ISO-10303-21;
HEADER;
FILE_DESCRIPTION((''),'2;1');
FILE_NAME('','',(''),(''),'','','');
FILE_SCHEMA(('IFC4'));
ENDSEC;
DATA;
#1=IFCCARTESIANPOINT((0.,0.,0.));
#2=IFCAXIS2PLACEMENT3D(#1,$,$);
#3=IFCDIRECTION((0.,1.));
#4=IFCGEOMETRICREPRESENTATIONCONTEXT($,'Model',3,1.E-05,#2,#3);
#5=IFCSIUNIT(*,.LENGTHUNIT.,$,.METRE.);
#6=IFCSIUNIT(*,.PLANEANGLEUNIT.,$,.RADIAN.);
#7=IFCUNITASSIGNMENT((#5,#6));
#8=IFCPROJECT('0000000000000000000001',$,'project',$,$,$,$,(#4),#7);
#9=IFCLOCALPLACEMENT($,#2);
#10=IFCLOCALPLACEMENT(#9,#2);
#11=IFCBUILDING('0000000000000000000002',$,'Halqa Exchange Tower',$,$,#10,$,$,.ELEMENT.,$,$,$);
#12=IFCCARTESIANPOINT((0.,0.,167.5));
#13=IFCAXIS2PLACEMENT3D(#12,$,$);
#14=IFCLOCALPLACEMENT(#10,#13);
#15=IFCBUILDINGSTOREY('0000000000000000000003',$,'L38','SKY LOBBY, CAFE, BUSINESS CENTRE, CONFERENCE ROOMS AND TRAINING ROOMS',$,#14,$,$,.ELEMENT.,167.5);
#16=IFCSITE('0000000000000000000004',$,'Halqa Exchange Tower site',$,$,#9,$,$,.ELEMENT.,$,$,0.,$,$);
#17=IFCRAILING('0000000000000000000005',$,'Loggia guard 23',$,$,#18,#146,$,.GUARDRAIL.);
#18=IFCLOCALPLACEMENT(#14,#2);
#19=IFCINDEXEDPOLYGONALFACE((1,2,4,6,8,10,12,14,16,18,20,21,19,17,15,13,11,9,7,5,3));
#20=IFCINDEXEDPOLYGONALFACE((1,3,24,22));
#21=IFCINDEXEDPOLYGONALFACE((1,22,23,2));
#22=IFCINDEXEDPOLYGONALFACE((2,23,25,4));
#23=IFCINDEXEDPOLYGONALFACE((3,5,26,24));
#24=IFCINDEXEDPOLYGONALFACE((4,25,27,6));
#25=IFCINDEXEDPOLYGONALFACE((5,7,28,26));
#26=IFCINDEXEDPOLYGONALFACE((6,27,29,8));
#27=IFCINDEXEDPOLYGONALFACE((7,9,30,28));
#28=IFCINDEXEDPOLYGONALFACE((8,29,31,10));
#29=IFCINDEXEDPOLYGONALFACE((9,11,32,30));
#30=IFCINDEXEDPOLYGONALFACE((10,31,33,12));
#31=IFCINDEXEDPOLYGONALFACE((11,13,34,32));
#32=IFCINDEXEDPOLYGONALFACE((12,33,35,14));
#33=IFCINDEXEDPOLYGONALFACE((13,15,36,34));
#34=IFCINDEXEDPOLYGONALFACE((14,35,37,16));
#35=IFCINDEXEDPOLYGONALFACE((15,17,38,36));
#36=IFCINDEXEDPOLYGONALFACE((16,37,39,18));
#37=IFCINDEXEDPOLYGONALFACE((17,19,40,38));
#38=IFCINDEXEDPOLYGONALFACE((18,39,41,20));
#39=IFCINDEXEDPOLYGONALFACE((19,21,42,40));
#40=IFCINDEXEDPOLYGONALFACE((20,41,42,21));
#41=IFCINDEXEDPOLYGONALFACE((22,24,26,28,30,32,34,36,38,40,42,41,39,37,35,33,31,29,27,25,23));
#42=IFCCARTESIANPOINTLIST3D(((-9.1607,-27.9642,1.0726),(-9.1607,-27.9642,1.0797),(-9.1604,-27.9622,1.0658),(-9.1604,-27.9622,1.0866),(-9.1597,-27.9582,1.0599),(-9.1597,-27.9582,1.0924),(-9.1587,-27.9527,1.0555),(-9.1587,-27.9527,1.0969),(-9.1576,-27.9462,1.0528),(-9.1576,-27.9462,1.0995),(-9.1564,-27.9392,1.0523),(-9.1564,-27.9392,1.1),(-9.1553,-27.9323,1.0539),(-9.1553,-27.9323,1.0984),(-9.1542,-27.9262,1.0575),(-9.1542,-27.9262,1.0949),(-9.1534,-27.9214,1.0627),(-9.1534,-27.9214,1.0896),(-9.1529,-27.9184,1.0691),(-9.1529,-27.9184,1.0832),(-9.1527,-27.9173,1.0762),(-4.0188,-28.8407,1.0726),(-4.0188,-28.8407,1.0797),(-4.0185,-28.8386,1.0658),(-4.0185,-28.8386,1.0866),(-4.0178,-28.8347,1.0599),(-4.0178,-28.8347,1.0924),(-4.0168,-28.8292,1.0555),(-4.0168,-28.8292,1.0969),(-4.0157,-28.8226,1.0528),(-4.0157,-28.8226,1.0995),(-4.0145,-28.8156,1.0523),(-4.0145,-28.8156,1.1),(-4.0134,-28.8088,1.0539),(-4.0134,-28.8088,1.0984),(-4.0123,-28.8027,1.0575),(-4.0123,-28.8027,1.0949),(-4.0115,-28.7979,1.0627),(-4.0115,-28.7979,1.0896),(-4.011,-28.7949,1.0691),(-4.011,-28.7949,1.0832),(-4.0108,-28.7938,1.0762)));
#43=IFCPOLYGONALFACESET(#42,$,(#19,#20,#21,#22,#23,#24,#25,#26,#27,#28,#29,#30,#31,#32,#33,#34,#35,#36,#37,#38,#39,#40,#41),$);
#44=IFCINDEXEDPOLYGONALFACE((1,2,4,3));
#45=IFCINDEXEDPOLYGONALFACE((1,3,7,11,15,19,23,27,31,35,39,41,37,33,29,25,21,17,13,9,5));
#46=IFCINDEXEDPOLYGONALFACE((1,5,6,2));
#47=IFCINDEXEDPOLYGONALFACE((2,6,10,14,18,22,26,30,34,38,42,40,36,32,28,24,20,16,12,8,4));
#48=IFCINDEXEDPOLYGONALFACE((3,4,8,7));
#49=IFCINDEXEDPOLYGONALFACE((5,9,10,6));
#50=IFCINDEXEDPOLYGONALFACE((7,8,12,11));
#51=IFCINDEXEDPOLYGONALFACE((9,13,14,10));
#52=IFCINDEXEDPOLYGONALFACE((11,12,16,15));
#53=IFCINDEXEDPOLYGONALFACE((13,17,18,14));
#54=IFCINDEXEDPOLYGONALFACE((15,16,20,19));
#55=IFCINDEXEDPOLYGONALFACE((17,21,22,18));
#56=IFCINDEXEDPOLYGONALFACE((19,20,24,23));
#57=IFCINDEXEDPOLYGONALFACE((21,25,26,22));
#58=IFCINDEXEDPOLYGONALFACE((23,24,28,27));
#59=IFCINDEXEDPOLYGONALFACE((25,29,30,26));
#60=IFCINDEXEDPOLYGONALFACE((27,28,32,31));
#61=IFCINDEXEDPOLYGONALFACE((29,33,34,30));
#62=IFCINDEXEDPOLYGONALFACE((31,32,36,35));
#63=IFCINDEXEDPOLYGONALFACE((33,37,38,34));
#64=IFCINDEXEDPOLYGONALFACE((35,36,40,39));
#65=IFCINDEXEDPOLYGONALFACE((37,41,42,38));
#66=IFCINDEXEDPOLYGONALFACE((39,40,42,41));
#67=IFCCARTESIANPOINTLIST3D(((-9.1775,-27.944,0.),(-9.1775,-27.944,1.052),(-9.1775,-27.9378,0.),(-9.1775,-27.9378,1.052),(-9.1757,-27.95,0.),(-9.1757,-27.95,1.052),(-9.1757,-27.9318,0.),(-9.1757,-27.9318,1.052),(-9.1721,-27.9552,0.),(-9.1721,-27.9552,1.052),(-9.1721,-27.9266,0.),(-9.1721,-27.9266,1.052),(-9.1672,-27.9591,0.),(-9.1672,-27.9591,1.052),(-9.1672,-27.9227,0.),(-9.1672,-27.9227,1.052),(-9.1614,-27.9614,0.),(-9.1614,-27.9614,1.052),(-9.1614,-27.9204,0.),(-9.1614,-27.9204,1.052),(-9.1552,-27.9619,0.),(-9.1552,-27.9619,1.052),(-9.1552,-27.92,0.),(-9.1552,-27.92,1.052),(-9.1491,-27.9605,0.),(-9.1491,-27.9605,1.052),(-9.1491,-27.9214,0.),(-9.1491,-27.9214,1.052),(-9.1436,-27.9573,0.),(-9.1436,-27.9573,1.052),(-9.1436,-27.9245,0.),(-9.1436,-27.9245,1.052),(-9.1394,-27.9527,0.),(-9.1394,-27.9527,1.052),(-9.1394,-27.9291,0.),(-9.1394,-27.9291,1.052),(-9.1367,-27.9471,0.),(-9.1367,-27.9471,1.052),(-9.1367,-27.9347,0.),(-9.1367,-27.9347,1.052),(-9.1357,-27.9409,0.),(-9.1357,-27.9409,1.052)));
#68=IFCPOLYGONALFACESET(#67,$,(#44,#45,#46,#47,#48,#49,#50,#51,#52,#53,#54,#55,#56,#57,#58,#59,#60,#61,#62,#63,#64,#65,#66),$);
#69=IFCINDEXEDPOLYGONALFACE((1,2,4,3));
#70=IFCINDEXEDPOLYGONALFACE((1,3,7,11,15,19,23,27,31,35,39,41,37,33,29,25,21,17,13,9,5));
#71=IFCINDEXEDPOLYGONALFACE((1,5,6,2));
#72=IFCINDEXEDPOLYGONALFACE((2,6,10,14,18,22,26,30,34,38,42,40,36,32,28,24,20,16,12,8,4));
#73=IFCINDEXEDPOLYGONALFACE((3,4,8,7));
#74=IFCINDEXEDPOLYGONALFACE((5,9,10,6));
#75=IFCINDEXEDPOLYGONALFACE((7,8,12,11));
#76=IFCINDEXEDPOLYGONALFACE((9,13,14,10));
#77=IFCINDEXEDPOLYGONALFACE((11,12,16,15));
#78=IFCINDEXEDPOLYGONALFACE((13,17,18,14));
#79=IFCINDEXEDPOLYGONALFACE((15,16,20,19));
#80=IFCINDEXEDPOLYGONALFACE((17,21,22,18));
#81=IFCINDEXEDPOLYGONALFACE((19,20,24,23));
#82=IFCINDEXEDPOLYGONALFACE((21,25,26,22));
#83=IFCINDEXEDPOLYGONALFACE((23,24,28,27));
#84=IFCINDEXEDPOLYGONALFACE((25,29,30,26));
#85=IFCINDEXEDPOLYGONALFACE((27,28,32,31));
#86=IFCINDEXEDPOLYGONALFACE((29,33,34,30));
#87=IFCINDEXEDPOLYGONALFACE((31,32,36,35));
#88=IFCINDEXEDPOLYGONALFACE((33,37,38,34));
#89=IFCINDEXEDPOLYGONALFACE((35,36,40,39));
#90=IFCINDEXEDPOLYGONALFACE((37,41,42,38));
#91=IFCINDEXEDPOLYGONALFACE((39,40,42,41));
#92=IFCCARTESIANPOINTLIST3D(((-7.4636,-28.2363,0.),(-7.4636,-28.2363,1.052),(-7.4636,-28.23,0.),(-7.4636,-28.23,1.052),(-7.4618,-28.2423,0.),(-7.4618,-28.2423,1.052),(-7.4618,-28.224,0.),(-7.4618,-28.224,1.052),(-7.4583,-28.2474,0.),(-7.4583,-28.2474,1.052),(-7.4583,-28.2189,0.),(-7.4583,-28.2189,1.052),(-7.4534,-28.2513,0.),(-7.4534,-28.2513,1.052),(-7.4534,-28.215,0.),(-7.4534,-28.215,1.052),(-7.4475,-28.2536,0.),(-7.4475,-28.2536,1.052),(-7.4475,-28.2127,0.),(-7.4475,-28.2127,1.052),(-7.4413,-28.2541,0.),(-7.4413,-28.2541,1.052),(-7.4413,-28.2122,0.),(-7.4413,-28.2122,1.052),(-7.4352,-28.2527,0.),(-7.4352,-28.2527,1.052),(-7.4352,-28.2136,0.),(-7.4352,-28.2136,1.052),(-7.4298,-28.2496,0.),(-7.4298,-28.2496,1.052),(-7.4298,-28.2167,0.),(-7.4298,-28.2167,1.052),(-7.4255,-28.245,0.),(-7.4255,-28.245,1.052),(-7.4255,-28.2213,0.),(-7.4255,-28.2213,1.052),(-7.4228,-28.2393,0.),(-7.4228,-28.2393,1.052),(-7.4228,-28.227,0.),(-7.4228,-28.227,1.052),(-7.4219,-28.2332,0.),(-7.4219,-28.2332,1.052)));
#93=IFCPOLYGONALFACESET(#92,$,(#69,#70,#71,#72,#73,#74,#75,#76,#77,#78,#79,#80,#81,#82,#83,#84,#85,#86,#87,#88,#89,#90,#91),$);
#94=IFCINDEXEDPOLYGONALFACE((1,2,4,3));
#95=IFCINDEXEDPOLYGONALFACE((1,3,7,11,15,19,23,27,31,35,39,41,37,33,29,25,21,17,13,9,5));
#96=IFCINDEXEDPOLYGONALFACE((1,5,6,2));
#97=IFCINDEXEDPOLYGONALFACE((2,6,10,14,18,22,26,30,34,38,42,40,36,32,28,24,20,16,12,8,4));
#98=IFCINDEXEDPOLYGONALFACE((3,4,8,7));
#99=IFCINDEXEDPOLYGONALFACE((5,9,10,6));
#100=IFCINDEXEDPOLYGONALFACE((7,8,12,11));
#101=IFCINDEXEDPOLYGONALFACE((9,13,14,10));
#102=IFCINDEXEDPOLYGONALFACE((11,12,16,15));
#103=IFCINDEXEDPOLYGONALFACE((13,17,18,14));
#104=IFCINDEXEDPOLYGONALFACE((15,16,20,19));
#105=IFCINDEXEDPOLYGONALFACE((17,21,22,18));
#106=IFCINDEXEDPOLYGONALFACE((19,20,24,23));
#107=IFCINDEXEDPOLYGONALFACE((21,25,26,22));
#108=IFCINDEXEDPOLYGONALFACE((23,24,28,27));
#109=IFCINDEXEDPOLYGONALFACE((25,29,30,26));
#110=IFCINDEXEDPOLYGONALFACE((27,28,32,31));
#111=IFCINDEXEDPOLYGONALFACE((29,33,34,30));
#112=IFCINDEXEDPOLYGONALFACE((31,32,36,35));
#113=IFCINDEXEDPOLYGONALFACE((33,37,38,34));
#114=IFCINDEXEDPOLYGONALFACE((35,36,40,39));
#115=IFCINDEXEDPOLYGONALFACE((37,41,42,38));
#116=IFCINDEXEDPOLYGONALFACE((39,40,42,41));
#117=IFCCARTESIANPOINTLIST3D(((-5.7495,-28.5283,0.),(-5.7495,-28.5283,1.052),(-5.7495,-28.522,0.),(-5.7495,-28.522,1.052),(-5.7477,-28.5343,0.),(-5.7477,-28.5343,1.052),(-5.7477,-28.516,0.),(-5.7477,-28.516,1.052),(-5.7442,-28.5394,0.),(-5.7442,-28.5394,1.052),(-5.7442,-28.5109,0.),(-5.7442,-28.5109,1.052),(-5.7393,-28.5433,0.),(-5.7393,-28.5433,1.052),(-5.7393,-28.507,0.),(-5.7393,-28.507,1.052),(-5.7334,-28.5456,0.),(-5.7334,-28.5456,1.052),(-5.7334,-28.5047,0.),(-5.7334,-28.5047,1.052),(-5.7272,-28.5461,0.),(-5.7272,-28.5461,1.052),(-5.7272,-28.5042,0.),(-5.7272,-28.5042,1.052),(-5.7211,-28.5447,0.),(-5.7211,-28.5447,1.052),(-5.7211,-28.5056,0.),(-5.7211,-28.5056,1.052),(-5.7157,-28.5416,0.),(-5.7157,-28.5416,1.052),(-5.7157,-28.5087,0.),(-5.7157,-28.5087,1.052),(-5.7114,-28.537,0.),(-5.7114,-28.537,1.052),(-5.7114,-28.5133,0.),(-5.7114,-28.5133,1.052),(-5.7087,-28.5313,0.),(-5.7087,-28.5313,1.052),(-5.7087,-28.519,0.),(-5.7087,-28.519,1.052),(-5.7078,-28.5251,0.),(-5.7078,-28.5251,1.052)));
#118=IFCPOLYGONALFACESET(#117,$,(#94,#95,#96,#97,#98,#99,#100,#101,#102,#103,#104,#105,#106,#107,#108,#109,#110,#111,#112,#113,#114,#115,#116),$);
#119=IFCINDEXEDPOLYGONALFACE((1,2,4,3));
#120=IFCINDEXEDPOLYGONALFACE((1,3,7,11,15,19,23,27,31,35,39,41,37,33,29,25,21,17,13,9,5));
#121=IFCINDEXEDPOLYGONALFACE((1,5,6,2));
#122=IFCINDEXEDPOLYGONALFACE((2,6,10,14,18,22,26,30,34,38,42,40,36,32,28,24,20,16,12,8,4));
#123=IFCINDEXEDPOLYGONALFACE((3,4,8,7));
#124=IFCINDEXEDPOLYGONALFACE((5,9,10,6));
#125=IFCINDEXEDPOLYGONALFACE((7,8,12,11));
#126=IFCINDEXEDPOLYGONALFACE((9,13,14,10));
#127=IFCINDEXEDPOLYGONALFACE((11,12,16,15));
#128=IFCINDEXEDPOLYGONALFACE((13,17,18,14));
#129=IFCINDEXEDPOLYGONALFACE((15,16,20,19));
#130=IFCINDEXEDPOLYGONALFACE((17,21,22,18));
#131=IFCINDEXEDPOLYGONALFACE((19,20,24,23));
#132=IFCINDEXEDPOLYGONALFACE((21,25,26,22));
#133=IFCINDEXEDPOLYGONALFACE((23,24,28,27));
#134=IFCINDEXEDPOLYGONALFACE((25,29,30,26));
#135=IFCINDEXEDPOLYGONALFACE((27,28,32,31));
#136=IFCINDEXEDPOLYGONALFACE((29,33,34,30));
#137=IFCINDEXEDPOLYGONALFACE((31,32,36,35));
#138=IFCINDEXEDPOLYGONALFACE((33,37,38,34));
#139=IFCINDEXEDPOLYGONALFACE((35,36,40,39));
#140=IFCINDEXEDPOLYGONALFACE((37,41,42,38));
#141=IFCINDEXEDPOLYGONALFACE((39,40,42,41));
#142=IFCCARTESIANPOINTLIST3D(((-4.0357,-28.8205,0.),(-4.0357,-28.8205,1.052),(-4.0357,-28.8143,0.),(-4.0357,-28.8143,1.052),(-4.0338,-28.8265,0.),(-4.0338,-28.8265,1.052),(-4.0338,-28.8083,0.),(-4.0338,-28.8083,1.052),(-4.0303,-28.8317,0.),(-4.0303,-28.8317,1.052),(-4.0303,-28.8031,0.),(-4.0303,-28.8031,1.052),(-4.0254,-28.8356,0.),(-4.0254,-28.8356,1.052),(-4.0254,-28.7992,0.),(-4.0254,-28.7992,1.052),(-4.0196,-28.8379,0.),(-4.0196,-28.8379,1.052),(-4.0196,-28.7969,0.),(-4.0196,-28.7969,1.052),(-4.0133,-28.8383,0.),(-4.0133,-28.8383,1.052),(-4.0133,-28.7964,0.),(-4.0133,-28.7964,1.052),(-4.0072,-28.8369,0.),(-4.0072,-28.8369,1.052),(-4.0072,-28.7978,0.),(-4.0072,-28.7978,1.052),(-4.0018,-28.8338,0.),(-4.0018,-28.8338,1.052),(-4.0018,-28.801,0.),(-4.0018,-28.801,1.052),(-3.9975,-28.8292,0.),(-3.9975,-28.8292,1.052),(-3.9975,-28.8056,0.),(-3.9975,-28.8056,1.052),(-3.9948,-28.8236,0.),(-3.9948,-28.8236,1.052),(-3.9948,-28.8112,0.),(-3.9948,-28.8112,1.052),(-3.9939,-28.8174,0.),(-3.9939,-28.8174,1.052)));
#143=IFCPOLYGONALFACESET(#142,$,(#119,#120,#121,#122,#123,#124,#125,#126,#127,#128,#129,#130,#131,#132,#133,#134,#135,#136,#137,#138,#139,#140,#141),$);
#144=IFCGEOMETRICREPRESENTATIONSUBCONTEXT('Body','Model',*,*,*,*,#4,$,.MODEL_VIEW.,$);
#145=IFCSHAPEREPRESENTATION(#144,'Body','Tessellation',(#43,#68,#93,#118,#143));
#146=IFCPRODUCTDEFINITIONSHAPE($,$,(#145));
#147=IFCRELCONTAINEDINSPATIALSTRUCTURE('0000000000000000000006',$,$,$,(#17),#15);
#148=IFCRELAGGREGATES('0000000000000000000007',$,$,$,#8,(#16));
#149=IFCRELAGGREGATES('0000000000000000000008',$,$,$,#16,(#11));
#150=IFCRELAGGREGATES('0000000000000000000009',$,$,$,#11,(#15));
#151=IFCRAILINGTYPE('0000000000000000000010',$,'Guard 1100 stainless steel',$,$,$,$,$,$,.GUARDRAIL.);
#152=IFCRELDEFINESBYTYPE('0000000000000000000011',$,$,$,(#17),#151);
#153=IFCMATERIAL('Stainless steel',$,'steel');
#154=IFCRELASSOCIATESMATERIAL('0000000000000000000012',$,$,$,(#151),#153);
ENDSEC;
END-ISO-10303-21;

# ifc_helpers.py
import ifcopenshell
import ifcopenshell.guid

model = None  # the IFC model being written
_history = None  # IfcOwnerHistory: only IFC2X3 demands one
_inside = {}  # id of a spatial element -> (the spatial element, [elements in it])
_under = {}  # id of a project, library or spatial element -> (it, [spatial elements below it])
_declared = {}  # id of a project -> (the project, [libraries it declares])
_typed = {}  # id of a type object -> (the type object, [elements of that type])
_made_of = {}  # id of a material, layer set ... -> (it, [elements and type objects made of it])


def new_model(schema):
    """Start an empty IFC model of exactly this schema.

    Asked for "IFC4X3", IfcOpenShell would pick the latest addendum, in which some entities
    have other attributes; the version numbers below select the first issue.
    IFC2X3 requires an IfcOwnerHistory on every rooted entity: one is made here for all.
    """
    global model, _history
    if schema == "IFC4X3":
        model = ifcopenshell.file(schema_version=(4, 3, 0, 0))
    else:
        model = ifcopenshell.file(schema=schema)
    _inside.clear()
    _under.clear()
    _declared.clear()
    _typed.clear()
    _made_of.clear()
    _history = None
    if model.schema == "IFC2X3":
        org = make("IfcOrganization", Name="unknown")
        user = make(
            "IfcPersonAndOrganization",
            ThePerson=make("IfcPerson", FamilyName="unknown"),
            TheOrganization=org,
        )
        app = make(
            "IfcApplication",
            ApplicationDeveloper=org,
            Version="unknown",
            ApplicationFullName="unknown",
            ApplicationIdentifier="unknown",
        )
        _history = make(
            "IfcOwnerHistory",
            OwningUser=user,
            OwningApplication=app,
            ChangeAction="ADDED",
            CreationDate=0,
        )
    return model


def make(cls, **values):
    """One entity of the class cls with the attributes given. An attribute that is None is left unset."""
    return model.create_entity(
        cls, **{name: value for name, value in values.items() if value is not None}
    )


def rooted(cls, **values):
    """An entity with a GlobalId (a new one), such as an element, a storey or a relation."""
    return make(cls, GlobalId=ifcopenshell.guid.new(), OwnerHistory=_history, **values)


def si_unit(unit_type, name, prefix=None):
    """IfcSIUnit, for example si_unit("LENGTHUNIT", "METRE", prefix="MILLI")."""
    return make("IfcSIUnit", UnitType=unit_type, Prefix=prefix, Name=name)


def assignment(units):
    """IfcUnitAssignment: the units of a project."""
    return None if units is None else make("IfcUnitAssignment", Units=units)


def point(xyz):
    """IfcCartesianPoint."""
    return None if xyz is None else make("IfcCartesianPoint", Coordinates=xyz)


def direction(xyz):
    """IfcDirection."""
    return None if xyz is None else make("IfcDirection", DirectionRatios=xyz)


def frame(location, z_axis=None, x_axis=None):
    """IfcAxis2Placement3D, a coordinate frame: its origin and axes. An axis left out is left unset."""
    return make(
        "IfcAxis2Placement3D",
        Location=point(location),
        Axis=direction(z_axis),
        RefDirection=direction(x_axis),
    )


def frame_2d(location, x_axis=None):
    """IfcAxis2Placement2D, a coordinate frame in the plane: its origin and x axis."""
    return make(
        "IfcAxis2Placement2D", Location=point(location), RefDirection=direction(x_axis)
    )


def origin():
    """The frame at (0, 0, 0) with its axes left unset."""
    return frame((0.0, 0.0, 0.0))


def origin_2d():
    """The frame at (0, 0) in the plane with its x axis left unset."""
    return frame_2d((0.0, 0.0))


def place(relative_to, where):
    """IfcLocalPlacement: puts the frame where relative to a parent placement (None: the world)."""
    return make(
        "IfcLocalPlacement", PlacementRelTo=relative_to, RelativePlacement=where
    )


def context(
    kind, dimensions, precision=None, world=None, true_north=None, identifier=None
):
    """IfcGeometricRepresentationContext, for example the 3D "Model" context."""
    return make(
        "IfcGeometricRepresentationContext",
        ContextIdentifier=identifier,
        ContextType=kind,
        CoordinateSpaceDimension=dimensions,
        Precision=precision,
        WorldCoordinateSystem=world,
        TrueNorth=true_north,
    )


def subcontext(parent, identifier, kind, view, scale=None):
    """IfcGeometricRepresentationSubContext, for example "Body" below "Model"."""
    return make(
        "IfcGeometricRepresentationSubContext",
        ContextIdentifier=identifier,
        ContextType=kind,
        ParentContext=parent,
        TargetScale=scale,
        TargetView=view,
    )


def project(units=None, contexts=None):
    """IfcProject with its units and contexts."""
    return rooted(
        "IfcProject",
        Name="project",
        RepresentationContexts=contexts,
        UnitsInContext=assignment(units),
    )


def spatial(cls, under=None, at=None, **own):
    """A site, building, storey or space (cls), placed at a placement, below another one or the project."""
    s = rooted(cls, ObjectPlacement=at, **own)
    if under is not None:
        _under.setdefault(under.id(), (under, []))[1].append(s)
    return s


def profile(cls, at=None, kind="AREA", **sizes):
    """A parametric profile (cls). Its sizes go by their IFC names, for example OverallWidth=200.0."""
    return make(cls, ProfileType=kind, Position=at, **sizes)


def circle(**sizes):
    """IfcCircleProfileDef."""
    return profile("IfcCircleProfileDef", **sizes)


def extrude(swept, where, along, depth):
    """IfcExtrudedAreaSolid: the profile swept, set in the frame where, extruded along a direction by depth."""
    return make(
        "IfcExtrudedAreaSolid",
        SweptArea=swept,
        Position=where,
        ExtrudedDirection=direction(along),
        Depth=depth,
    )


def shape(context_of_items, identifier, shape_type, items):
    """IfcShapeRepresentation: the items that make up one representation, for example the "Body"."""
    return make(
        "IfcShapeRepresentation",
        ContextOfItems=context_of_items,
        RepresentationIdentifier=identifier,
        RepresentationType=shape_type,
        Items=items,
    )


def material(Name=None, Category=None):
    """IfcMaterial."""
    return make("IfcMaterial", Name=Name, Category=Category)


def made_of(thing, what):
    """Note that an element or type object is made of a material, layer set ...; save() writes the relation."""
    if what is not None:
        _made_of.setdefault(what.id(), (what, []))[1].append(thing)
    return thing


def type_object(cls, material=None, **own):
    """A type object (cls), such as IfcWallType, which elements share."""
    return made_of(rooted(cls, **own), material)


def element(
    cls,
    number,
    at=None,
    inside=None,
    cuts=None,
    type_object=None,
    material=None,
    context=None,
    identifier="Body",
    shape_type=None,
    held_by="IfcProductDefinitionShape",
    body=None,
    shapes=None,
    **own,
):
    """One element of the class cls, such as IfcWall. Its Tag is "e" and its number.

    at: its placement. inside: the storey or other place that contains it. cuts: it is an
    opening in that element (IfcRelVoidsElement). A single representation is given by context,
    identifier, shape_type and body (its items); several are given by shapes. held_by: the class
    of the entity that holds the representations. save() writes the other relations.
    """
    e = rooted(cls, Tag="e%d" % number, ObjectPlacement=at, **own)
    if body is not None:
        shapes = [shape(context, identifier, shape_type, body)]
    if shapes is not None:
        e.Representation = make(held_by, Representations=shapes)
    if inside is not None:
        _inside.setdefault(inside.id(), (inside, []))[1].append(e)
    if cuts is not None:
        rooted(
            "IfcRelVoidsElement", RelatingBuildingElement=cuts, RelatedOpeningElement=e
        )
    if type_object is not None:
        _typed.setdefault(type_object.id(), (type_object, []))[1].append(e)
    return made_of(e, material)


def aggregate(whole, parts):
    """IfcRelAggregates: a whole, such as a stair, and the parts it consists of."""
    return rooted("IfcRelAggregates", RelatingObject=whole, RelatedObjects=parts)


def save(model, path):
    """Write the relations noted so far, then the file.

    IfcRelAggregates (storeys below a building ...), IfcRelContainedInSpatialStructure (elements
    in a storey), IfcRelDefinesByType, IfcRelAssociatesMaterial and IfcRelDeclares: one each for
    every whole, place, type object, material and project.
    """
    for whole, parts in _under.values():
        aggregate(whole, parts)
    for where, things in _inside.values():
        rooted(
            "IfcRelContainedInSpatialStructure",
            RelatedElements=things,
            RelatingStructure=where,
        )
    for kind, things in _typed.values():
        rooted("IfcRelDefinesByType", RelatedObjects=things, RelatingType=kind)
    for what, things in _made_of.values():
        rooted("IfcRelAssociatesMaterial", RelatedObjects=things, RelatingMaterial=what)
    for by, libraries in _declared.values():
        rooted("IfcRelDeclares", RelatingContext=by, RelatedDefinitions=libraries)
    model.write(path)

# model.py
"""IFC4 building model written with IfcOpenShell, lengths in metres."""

from ifc_helpers import new_model, si_unit, direction, frame, origin, origin_2d, place, context, subcontext, project, spatial, circle, extrude, material, type_object, element, save


model = new_model("IFC4")

# Units and contexts
model_context = context("Model", 3, precision=1e-05, world=origin(), true_north=direction((0.0, 1.0)))
body_context = subcontext(model_context, "Body", "Model", "MODEL_VIEW")
ifc_project = project(units=[si_unit("LENGTHUNIT", "METRE"), si_unit("PLANEANGLEUNIT", "RADIAN")], contexts=[model_context])

# Site, building, storey
site_placement = place(None, origin())
site = spatial("IfcSite", under=ifc_project, at=site_placement, Name="Halqa Exchange Tower site", CompositionType="ELEMENT", RefElevation=0.0)
building_placement = place(site_placement, origin())
building = spatial("IfcBuilding", under=site, at=building_placement, Name="Halqa Exchange Tower", CompositionType="ELEMENT")
storey_placement = place(building_placement, frame((0.0, 0.0, 167.5)))
storey = spatial("IfcBuildingStorey", under=building, at=storey_placement, Name="L38", Description="SKY LOBBY, CAFE, BUSINESS CENTRE, CONFERENCE ROOMS AND TRAINING ROOMS", CompositionType="ELEMENT", Elevation=167.5)

# Railing
ifc_material_1 = material(Name="Stainless steel", Category="steel")
railing_type = type_object("IfcRailingType", Name="Guard 1100 stainless steel", PredefinedType="GUARDRAIL", material=ifc_material_1)
railing_1_placement = place(storey_placement, frame((-9.1567, -27.9409, 0.0)))
element("IfcRailing", 1, at=railing_1_placement, inside=storey, type_object=railing_type, Name="Loggia guard 23", PredefinedType="GUARDRAIL", context=body_context, shape_type="SweptSolid", body=[
    extrude(circle(Radius=0.0239, at=origin_2d()), frame((0.0, 0.0, 1.0762), z_axis=(0.985781, -0.168034, 0.0), x_axis=(0.168034, 0.985781, 0.0)), (0.0, 0.0, 1.0), 5.2161),
    extrude(circle(Radius=0.021, at=origin_2d()), origin(), (0.0, 0.0, 1.0), 1.052),
    extrude(circle(Radius=0.021, at=origin_2d()), frame((1.7139, -0.2922, 0.0)), (0.0, 0.0, 1.0), 1.052),
    extrude(circle(Radius=0.021, at=origin_2d()), frame((3.428, -0.5842, 0.0)), (0.0, 0.0, 1.0), 1.052),
    extrude(circle(Radius=0.021, at=origin_2d()), frame((5.1418, -0.8765, 0.0)), (0.0, 0.0, 1.0), 1.052),
])

save(model, "model.ifc")
